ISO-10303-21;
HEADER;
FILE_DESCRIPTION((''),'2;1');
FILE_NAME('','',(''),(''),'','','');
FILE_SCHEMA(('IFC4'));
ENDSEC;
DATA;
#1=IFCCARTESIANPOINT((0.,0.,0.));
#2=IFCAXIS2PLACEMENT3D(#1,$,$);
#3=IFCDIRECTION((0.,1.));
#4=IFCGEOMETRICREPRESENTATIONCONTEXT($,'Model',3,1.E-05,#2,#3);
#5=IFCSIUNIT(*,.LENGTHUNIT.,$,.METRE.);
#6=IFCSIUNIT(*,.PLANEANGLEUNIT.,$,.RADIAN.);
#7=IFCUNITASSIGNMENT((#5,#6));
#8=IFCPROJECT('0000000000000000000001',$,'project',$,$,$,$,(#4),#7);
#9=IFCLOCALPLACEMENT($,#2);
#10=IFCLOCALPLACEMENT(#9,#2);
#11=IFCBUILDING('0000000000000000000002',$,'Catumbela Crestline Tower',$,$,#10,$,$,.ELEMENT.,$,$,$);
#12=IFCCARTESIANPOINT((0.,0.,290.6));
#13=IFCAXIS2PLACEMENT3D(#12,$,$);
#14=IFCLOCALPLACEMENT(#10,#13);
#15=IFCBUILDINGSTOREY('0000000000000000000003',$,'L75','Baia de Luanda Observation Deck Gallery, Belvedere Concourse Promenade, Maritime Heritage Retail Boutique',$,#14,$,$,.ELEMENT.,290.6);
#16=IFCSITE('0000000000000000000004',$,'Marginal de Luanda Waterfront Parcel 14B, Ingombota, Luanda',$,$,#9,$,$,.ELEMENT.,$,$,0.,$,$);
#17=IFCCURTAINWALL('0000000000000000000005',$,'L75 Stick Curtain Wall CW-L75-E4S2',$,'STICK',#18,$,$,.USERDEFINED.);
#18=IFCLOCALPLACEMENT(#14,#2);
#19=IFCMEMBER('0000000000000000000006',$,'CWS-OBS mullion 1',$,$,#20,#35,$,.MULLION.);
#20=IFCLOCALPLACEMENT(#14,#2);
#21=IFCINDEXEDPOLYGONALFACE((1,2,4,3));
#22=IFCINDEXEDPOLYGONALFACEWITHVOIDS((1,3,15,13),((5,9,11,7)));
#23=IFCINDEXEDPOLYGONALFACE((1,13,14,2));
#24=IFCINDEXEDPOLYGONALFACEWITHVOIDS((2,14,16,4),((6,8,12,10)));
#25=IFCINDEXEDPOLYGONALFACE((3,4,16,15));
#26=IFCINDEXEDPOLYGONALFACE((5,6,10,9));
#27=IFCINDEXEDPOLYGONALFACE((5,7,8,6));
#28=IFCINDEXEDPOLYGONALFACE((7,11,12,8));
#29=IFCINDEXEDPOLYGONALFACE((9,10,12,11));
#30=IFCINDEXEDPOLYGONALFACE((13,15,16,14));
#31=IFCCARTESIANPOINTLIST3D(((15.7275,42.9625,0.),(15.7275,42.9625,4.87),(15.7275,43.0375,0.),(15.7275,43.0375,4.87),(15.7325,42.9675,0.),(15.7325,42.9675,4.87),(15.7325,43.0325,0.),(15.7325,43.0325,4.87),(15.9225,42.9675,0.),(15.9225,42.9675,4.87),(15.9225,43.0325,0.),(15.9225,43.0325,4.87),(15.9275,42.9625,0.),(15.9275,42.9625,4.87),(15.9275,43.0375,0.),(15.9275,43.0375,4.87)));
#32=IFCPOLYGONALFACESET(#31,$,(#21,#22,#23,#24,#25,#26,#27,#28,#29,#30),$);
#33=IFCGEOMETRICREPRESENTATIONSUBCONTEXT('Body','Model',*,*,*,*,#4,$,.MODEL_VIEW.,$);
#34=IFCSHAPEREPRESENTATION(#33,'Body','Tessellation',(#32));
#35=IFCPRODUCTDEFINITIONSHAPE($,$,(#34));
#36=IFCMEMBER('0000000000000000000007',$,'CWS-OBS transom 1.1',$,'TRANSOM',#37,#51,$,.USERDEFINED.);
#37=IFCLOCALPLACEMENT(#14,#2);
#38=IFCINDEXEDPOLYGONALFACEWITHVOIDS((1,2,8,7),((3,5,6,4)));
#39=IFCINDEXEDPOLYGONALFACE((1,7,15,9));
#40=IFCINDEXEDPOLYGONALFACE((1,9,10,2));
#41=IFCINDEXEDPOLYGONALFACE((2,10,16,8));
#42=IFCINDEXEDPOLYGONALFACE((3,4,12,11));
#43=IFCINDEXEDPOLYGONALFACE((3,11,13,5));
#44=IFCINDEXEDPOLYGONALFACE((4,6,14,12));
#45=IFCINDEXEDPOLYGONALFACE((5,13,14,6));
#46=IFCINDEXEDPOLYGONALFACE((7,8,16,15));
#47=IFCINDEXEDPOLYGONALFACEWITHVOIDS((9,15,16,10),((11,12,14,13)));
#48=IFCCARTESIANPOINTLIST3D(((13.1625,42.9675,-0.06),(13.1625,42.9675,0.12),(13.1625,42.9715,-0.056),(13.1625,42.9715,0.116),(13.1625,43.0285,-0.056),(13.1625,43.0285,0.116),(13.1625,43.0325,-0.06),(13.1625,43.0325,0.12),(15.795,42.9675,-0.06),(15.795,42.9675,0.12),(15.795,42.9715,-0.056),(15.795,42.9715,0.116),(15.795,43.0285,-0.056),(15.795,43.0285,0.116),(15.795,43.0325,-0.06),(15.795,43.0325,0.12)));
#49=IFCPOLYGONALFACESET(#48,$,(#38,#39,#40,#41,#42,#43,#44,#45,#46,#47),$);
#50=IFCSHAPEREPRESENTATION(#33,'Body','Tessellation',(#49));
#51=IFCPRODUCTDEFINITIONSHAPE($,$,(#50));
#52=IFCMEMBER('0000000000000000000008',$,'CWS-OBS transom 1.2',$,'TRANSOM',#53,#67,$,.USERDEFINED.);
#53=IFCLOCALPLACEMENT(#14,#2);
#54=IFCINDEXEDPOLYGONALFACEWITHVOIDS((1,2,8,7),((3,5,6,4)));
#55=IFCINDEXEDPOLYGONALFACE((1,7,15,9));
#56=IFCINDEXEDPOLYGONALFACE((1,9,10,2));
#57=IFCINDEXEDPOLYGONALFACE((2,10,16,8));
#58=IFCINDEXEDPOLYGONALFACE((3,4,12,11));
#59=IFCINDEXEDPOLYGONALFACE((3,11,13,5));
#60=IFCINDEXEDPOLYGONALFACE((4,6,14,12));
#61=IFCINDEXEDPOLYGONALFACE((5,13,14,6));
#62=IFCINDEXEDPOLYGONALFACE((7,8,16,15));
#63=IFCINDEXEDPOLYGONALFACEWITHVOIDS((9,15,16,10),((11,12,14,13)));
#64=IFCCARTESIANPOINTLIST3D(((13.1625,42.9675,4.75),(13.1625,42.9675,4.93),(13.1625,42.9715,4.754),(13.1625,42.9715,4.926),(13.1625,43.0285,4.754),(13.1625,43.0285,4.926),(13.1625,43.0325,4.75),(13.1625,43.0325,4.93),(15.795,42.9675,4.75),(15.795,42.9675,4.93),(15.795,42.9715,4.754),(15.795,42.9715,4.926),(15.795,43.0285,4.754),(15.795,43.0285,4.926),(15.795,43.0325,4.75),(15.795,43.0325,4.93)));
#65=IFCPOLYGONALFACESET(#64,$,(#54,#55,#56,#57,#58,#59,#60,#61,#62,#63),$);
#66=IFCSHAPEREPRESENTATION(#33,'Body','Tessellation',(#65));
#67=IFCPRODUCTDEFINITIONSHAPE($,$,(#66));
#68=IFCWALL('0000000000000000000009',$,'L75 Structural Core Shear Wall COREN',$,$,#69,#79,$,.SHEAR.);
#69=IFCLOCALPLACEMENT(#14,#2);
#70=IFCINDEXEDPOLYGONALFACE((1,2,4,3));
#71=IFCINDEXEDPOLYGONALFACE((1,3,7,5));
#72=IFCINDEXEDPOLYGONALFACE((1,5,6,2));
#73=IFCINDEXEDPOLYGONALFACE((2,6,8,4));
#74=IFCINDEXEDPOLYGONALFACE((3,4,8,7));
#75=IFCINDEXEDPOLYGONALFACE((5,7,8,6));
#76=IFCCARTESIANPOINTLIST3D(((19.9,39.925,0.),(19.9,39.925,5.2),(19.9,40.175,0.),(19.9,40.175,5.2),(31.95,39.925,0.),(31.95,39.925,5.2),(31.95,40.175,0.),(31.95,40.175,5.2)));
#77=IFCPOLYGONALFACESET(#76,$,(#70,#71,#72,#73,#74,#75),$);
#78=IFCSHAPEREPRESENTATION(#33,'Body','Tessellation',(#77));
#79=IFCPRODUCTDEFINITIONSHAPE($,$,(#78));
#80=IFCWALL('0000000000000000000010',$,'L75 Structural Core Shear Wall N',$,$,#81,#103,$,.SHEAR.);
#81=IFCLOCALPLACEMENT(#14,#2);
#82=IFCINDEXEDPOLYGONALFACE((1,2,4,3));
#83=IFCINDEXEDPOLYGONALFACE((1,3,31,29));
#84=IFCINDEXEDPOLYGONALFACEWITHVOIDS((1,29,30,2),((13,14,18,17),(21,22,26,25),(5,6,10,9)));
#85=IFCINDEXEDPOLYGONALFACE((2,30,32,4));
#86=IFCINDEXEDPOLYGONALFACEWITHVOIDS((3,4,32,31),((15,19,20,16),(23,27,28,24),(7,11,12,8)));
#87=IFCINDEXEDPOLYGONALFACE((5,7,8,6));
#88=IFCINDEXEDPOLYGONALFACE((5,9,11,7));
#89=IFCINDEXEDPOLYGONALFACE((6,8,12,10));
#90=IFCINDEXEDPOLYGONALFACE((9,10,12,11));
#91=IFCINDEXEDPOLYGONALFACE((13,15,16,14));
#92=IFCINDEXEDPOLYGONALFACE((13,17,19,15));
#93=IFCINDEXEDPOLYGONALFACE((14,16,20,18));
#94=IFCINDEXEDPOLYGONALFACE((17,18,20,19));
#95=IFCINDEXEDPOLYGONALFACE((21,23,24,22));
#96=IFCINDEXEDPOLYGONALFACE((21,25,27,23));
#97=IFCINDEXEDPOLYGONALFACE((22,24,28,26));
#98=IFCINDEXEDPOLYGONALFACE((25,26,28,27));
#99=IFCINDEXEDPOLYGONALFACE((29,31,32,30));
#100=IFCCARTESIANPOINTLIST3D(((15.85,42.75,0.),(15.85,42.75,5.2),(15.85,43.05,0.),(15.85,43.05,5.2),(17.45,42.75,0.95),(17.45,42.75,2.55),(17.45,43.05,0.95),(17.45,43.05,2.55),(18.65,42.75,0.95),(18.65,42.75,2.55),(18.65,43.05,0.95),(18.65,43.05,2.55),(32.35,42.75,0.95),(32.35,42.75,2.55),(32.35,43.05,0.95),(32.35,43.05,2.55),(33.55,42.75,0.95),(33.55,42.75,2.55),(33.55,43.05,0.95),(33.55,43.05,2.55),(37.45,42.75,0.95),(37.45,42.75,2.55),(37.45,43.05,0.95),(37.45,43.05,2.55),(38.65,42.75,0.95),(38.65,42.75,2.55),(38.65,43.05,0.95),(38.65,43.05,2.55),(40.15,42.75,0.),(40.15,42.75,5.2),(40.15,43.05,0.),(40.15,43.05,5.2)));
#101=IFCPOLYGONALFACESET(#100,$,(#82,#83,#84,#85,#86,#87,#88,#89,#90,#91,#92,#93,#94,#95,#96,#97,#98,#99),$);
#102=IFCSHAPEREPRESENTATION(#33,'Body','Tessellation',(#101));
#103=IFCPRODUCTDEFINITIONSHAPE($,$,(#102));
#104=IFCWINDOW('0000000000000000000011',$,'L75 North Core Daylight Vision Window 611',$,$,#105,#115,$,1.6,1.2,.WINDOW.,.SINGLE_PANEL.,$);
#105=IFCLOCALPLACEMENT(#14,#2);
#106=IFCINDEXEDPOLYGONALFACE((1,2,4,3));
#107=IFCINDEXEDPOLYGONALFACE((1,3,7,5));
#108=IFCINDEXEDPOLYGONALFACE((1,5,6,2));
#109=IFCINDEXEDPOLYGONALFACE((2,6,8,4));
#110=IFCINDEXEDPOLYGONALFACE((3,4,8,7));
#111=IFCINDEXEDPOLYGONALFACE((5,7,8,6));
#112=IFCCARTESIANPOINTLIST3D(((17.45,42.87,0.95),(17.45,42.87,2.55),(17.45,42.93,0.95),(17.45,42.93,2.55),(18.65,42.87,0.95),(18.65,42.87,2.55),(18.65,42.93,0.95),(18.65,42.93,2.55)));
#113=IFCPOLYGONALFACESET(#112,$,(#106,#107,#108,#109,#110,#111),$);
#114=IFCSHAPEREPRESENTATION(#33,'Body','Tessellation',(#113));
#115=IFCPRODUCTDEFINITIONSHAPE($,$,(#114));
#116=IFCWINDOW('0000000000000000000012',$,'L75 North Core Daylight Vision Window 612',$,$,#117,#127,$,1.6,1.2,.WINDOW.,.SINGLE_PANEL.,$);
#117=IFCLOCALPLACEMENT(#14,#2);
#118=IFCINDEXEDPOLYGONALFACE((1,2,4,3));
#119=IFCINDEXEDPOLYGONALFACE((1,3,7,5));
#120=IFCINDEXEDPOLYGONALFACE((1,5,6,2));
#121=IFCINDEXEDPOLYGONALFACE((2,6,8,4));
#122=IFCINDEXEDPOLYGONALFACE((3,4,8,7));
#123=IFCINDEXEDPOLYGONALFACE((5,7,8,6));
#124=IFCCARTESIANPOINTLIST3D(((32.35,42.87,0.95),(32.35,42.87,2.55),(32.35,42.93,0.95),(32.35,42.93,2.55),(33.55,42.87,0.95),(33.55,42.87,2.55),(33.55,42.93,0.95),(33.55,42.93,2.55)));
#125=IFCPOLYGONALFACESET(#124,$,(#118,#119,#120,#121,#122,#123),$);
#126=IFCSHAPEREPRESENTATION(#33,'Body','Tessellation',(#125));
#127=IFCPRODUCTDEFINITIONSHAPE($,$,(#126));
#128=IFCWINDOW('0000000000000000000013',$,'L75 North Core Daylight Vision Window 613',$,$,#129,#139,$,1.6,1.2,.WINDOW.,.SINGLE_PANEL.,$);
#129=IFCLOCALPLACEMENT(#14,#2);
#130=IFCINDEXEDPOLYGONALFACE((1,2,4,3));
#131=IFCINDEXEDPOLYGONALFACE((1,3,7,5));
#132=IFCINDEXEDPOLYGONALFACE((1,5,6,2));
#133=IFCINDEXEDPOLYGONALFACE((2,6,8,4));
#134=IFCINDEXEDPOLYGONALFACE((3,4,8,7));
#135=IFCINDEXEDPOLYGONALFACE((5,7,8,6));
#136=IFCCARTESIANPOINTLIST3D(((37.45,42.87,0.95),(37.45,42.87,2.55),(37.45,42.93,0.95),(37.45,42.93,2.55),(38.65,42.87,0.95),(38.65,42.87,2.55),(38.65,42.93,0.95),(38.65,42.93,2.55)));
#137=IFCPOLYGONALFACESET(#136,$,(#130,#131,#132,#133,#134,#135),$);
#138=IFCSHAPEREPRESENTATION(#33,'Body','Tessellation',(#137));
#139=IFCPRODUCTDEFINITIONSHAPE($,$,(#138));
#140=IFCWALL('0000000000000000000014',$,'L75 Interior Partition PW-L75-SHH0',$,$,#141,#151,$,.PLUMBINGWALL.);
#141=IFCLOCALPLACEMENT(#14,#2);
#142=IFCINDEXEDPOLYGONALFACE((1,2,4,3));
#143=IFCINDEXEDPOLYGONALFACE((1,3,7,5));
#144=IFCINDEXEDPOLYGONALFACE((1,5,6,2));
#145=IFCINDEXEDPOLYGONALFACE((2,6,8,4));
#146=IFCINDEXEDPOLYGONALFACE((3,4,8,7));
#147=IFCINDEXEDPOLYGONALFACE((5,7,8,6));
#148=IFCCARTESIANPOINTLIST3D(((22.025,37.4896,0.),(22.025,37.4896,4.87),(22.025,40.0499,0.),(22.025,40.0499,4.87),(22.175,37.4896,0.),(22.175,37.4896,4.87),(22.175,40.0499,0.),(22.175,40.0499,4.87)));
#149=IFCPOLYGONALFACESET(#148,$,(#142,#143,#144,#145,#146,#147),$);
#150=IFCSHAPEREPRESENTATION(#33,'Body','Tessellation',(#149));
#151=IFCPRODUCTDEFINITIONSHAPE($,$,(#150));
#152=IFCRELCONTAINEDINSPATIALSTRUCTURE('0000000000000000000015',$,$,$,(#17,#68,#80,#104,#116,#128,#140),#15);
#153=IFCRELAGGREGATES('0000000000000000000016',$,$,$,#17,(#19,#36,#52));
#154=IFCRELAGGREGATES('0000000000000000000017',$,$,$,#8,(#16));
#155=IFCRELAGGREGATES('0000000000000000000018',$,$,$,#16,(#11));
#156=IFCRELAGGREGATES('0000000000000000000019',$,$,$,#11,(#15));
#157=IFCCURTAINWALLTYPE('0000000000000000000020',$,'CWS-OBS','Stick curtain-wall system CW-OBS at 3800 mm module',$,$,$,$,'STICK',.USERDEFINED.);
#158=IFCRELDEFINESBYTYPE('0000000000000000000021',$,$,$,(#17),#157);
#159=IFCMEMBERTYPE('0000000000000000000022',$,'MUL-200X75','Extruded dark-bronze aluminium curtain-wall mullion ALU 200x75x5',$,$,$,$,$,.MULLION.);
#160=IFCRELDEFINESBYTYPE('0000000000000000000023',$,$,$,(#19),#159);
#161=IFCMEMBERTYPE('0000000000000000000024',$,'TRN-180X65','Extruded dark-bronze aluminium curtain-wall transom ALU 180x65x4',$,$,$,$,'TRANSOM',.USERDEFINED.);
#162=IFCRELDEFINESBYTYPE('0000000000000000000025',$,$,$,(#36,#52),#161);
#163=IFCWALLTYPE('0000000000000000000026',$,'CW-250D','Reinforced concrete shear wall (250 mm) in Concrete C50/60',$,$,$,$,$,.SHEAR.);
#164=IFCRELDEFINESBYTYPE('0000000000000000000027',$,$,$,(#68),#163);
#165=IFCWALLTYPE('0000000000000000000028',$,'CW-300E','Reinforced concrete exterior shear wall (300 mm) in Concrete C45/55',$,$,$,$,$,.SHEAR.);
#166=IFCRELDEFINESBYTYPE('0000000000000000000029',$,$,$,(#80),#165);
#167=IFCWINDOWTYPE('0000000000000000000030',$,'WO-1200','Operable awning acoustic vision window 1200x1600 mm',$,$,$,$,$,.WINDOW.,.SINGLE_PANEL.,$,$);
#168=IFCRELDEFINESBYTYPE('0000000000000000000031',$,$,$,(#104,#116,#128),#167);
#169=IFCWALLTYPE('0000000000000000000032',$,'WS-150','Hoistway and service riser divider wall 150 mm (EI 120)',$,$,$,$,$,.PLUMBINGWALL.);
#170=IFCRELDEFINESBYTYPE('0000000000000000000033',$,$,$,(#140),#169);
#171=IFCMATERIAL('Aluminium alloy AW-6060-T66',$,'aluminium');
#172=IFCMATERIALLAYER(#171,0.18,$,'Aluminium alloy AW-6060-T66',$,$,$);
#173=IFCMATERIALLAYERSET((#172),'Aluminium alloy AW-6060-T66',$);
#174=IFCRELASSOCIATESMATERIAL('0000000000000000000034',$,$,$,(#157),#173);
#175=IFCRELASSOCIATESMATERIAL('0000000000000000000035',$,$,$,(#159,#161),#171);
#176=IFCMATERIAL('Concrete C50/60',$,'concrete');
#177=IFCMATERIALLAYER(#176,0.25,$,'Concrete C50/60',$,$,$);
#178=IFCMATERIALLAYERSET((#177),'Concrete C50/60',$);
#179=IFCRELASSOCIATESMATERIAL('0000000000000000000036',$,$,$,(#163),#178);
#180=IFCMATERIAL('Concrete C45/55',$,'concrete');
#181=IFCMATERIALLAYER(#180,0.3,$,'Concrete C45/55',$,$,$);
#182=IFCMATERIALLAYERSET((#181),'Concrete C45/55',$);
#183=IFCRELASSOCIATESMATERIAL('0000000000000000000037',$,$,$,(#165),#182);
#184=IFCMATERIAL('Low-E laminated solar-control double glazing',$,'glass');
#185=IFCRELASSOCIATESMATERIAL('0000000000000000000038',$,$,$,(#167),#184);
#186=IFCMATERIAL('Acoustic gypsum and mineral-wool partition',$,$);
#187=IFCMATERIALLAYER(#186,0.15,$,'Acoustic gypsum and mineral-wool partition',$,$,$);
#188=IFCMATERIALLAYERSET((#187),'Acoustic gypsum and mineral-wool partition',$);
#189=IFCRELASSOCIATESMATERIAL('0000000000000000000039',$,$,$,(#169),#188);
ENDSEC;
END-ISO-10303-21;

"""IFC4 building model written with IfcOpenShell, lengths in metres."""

from ifc_helpers import new_model, si_unit, direction, frame, frame_2d, origin, origin_2d, place, context, subcontext, project, spatial, rectangle, hollow_rectangle, extrude, material, layer, layer_set, material_profile, profile_set, type_object, element, fill, aggregate, save


model = new_model("IFC4")

# Units and contexts
model_context = context("Model", 3, precision=1e-05, world=origin(), true_north=direction((0.0, 1.0)))
body_context = subcontext(model_context, "Body", "Model", "MODEL_VIEW")
ifc_project = project(units=[si_unit("LENGTHUNIT", "METRE"), si_unit("PLANEANGLEUNIT", "RADIAN")], contexts=[model_context])

# Site, building, storey
site_placement = place(None, origin())
site = spatial("IfcSite", under=ifc_project, at=site_placement, Name="Marginal de Luanda Waterfront Parcel 14B, Ingombota, Luanda", CompositionType="ELEMENT", RefElevation=0.0)
building_placement = place(site_placement, origin())
building = spatial("IfcBuilding", under=site, at=building_placement, Name="Catumbela Crestline Tower", CompositionType="ELEMENT")
storey_placement = place(building_placement, frame((0.0, 0.0, 290.6)))
storey = spatial("IfcBuildingStorey", under=building, at=storey_placement, Name="L75", Description="Baia de Luanda Observation Deck Gallery, Belvedere Concourse Promenade, Maritime Heritage Retail Boutique", CompositionType="ELEMENT", Elevation=290.6)

# Curtain wall, members
ifc_material_1 = material(Name="Aluminium alloy AW-6060-T66", Category="aluminium")
ifc_layer_1 = layer(ifc_material_1, 0.18, Name="Aluminium alloy AW-6060-T66")
ifc_layer_set_1 = layer_set([ifc_layer_1], Name="Aluminium alloy AW-6060-T66")
curtain_wall_type = type_object("IfcCurtainWallType", Name="CWS-OBS", Description="Stick curtain-wall system CW-OBS at 3800 mm module", ElementType="STICK", PredefinedType="USERDEFINED", material=ifc_layer_set_1)
curtain_wall_placement = place(storey_placement, origin())
curtain_wall = element("IfcCurtainWall", 1, at=curtain_wall_placement, inside=storey, type_object=curtain_wall_type, Name="L75 Stick Curtain Wall CW-L75-E4S2", ObjectType="STICK", PredefinedType="USERDEFINED")
ifc_material_profile_1 = material_profile(ifc_material_1, hollow_rectangle(XDim=0.075, YDim=0.2, WallThickness=0.005, at=origin_2d()), Name="ALU 200x75x5")
ifc_profile_set_1 = profile_set([ifc_material_profile_1], Name="Aluminium alloy AW-6060-T66")
member_type_1 = type_object("IfcMemberType", Name="MUL-200X75", Description="Extruded dark-bronze aluminium curtain-wall mullion ALU 200x75x5", PredefinedType="MULLION", material=ifc_profile_set_1)
member_1_placement = place(storey_placement, frame((15.8275, 43.0, 0.0), z_axis=(0.0, 0.0, 1.0), x_axis=(0.0, -1.0, 0.0)))
member_1 = element("IfcMember", 2, at=member_1_placement, type_object=member_type_1, Name="CWS-OBS mullion 1", PredefinedType="MULLION", context=body_context, shape_type="SweptSolid", body=[
    extrude(hollow_rectangle(XDim=0.075, YDim=0.2, WallThickness=0.005, at=origin_2d()), origin(), (0.0, 0.0, 1.0), 4.87),
])
ifc_material_profile_2 = material_profile(ifc_material_1, hollow_rectangle(XDim=0.065, YDim=0.18, WallThickness=0.004, at=origin_2d()), Name="ALU 180x65x4")
ifc_profile_set_2 = profile_set([ifc_material_profile_2], Name="Aluminium alloy AW-6060-T66")
member_type_2 = type_object("IfcMemberType", Name="TRN-180X65", Description="Extruded dark-bronze aluminium curtain-wall transom ALU 180x65x4", ElementType="TRANSOM", PredefinedType="USERDEFINED", material=ifc_profile_set_2)
member_2_placement = place(storey_placement, frame((15.795, 43.0, 0.03), z_axis=(-1.0, 0.0, 0.0), x_axis=(0.0, -1.0, 0.0)))
member_2 = element("IfcMember", 3, at=member_2_placement, type_object=member_type_2, Name="CWS-OBS transom 1.1", ObjectType="TRANSOM", PredefinedType="USERDEFINED", context=body_context, shape_type="SweptSolid", body=[
    extrude(hollow_rectangle(XDim=0.065, YDim=0.18, WallThickness=0.004, at=origin_2d()), origin(), (0.0, 0.0, 1.0), 2.6325),
])
member_3_placement = place(storey_placement, frame((15.795, 43.0, 4.84), z_axis=(-1.0, 0.0, 0.0), x_axis=(0.0, -1.0, 0.0)))
member_3 = element("IfcMember", 4, at=member_3_placement, type_object=member_type_2, Name="CWS-OBS transom 1.2", ObjectType="TRANSOM", PredefinedType="USERDEFINED", context=body_context, shape_type="SweptSolid", body=[
    extrude(hollow_rectangle(XDim=0.065, YDim=0.18, WallThickness=0.004, at=origin_2d()), origin(), (0.0, 0.0, 1.0), 2.6325),
])
aggregate(curtain_wall, [member_1, member_2, member_3])

# Wall
ifc_material_2 = material(Name="Concrete C50/60", Category="concrete")
ifc_layer_2 = layer(ifc_material_2, 0.25, Name="Concrete C50/60")
ifc_layer_set_2 = layer_set([ifc_layer_2], Name="Concrete C50/60")
wall_type_1 = type_object("IfcWallType", Name="CW-250D", Description="Reinforced concrete shear wall (250 mm) in Concrete C50/60", PredefinedType="SHEAR", material=ifc_layer_set_2)
wall_1_placement = place(storey_placement, frame((19.9, 40.05, 0.0), z_axis=(0.0, 0.0, 1.0), x_axis=(1.0, 0.0, 0.0)))
element("IfcWall", 5, at=wall_1_placement, inside=storey, type_object=wall_type_1, Name="L75 Structural Core Shear Wall COREN", PredefinedType="SHEAR", context=body_context, shape_type="SweptSolid", body=[
    extrude(rectangle(XDim=12.05, YDim=0.25, at=frame_2d((6.025, 0.0))), origin(), (0.0, 0.0, 1.0), 5.2),
])

# Wall, openings, windows
ifc_material_3 = material(Name="Concrete C45/55", Category="concrete")
ifc_layer_3 = layer(ifc_material_3, 0.3, Name="Concrete C45/55")
ifc_layer_set_3 = layer_set([ifc_layer_3], Name="Concrete C45/55")
wall_type_2 = type_object("IfcWallType", Name="CW-300E", Description="Reinforced concrete exterior shear wall (300 mm) in Concrete C45/55", PredefinedType="SHEAR", material=ifc_layer_set_3)
wall_2_placement = place(storey_placement, frame((15.85, 42.9, 0.0), z_axis=(0.0, 0.0, 1.0), x_axis=(1.0, 0.0, 0.0)))
wall_2 = element("IfcWall", 6, at=wall_2_placement, inside=storey, type_object=wall_type_2, Name="L75 Structural Core Shear Wall N", PredefinedType="SHEAR", context=body_context, shape_type="SweptSolid", body=[
    extrude(rectangle(XDim=24.3, YDim=0.3, at=frame_2d((12.15, 0.0))), origin(), (0.0, 0.0, 1.0), 5.2),
])
opening_1_placement = place(wall_2_placement, frame((1.6, 0.0, 0.95)))
opening_1 = element("IfcOpeningElement", 7, at=opening_1_placement, cuts=wall_2, PredefinedType="OPENING", context=body_context, shape_type="SweptSolid", body=[
    extrude(rectangle(XDim=1.2, YDim=1.6, at=frame_2d((0.6, 0.8))), frame((0.0, 0.16, 0.0), z_axis=(0.0, -1.0, 0.0), x_axis=(1.0, 0.0, 0.0)), (0.0, 0.0, 1.0), 0.32),
])
opening_2_placement = place(wall_2_placement, frame((16.5, 0.0, 0.95)))
opening_2 = element("IfcOpeningElement", 8, at=opening_2_placement, cuts=wall_2, PredefinedType="OPENING", context=body_context, shape_type="SweptSolid", body=[
    extrude(rectangle(XDim=1.2, YDim=1.6, at=frame_2d((0.6, 0.8))), frame((0.0, 0.16, 0.0), z_axis=(0.0, -1.0, 0.0), x_axis=(1.0, 0.0, 0.0)), (0.0, 0.0, 1.0), 0.32),
])
opening_3_placement = place(wall_2_placement, frame((21.6, 0.0, 0.95)))
opening_3 = element("IfcOpeningElement", 9, at=opening_3_placement, cuts=wall_2, PredefinedType="OPENING", context=body_context, shape_type="SweptSolid", body=[
    extrude(rectangle(XDim=1.2, YDim=1.6, at=frame_2d((0.6, 0.8))), frame((0.0, 0.16, 0.0), z_axis=(0.0, -1.0, 0.0), x_axis=(1.0, 0.0, 0.0)), (0.0, 0.0, 1.0), 0.32),
])
ifc_material_4 = material(Name="Low-E laminated solar-control double glazing", Category="glass")
window_type = type_object("IfcWindowType", Name="WO-1200", Description="Operable awning acoustic vision window 1200x1600 mm", PartitioningType="SINGLE_PANEL", PredefinedType="WINDOW", material=ifc_material_4)
window_1_placement = place(opening_1_placement, origin())
window_1 = element("IfcWindow", 10, at=window_1_placement, inside=storey, type_object=window_type, Name="L75 North Core Daylight Vision Window 611", OverallHeight=1.6, OverallWidth=1.2, PartitioningType="SINGLE_PANEL", PredefinedType="WINDOW", context=body_context, shape_type="SweptSolid", body=[
    extrude(rectangle(XDim=1.2, YDim=1.6, at=frame_2d((0.6, 0.8))), frame((0.0, 0.03, 0.0), z_axis=(0.0, -1.0, 0.0), x_axis=(1.0, 0.0, 0.0)), (0.0, 0.0, 1.0), 0.06),
])
fill(opening_1, window_1)
window_2_placement = place(opening_2_placement, origin())
window_2 = element("IfcWindow", 11, at=window_2_placement, inside=storey, type_object=window_type, Name="L75 North Core Daylight Vision Window 612", OverallHeight=1.6, OverallWidth=1.2, PartitioningType="SINGLE_PANEL", PredefinedType="WINDOW", context=body_context, shape_type="SweptSolid", body=[
    extrude(rectangle(XDim=1.2, YDim=1.6, at=frame_2d((0.6, 0.8))), frame((0.0, 0.03, 0.0), z_axis=(0.0, -1.0, 0.0), x_axis=(1.0, 0.0, 0.0)), (0.0, 0.0, 1.0), 0.06),
])
fill(opening_2, window_2)
window_3_placement = place(opening_3_placement, origin())
window_3 = element("IfcWindow", 12, at=window_3_placement, inside=storey, type_object=window_type, Name="L75 North Core Daylight Vision Window 613", OverallHeight=1.6, OverallWidth=1.2, PartitioningType="SINGLE_PANEL", PredefinedType="WINDOW", context=body_context, shape_type="SweptSolid", body=[
    extrude(rectangle(XDim=1.2, YDim=1.6, at=frame_2d((0.6, 0.8))), frame((0.0, 0.03, 0.0), z_axis=(0.0, -1.0, 0.0), x_axis=(1.0, 0.0, 0.0)), (0.0, 0.0, 1.0), 0.06),
])
fill(opening_3, window_3)

# Wall
ifc_material_5 = material(Name="Acoustic gypsum and mineral-wool partition")
ifc_layer_4 = layer(ifc_material_5, 0.15, Name="Acoustic gypsum and mineral-wool partition")
ifc_layer_set_4 = layer_set([ifc_layer_4], Name="Acoustic gypsum and mineral-wool partition")
wall_type_3 = type_object("IfcWallType", Name="WS-150", Description="Hoistway and service riser divider wall 150 mm (EI 120)", PredefinedType="PLUMBINGWALL", material=ifc_layer_set_4)
wall_3_placement = place(storey_placement, frame((22.1, 37.4897, 0.0), z_axis=(0.0, 0.0, 1.0), x_axis=(0.0, 1.0, 0.0)))
element("IfcWall", 13, at=wall_3_placement, inside=storey, type_object=wall_type_3, Name="L75 Interior Partition PW-L75-SHH0", PredefinedType="PLUMBINGWALL", context=body_context, shape_type="SweptSolid", body=[
    extrude(rectangle(XDim=2.5603, YDim=0.15, at=frame_2d((1.2801, 0.0))), origin(), (0.0, 0.0, 1.0), 4.87),
])

save(model, "model.ifc")
